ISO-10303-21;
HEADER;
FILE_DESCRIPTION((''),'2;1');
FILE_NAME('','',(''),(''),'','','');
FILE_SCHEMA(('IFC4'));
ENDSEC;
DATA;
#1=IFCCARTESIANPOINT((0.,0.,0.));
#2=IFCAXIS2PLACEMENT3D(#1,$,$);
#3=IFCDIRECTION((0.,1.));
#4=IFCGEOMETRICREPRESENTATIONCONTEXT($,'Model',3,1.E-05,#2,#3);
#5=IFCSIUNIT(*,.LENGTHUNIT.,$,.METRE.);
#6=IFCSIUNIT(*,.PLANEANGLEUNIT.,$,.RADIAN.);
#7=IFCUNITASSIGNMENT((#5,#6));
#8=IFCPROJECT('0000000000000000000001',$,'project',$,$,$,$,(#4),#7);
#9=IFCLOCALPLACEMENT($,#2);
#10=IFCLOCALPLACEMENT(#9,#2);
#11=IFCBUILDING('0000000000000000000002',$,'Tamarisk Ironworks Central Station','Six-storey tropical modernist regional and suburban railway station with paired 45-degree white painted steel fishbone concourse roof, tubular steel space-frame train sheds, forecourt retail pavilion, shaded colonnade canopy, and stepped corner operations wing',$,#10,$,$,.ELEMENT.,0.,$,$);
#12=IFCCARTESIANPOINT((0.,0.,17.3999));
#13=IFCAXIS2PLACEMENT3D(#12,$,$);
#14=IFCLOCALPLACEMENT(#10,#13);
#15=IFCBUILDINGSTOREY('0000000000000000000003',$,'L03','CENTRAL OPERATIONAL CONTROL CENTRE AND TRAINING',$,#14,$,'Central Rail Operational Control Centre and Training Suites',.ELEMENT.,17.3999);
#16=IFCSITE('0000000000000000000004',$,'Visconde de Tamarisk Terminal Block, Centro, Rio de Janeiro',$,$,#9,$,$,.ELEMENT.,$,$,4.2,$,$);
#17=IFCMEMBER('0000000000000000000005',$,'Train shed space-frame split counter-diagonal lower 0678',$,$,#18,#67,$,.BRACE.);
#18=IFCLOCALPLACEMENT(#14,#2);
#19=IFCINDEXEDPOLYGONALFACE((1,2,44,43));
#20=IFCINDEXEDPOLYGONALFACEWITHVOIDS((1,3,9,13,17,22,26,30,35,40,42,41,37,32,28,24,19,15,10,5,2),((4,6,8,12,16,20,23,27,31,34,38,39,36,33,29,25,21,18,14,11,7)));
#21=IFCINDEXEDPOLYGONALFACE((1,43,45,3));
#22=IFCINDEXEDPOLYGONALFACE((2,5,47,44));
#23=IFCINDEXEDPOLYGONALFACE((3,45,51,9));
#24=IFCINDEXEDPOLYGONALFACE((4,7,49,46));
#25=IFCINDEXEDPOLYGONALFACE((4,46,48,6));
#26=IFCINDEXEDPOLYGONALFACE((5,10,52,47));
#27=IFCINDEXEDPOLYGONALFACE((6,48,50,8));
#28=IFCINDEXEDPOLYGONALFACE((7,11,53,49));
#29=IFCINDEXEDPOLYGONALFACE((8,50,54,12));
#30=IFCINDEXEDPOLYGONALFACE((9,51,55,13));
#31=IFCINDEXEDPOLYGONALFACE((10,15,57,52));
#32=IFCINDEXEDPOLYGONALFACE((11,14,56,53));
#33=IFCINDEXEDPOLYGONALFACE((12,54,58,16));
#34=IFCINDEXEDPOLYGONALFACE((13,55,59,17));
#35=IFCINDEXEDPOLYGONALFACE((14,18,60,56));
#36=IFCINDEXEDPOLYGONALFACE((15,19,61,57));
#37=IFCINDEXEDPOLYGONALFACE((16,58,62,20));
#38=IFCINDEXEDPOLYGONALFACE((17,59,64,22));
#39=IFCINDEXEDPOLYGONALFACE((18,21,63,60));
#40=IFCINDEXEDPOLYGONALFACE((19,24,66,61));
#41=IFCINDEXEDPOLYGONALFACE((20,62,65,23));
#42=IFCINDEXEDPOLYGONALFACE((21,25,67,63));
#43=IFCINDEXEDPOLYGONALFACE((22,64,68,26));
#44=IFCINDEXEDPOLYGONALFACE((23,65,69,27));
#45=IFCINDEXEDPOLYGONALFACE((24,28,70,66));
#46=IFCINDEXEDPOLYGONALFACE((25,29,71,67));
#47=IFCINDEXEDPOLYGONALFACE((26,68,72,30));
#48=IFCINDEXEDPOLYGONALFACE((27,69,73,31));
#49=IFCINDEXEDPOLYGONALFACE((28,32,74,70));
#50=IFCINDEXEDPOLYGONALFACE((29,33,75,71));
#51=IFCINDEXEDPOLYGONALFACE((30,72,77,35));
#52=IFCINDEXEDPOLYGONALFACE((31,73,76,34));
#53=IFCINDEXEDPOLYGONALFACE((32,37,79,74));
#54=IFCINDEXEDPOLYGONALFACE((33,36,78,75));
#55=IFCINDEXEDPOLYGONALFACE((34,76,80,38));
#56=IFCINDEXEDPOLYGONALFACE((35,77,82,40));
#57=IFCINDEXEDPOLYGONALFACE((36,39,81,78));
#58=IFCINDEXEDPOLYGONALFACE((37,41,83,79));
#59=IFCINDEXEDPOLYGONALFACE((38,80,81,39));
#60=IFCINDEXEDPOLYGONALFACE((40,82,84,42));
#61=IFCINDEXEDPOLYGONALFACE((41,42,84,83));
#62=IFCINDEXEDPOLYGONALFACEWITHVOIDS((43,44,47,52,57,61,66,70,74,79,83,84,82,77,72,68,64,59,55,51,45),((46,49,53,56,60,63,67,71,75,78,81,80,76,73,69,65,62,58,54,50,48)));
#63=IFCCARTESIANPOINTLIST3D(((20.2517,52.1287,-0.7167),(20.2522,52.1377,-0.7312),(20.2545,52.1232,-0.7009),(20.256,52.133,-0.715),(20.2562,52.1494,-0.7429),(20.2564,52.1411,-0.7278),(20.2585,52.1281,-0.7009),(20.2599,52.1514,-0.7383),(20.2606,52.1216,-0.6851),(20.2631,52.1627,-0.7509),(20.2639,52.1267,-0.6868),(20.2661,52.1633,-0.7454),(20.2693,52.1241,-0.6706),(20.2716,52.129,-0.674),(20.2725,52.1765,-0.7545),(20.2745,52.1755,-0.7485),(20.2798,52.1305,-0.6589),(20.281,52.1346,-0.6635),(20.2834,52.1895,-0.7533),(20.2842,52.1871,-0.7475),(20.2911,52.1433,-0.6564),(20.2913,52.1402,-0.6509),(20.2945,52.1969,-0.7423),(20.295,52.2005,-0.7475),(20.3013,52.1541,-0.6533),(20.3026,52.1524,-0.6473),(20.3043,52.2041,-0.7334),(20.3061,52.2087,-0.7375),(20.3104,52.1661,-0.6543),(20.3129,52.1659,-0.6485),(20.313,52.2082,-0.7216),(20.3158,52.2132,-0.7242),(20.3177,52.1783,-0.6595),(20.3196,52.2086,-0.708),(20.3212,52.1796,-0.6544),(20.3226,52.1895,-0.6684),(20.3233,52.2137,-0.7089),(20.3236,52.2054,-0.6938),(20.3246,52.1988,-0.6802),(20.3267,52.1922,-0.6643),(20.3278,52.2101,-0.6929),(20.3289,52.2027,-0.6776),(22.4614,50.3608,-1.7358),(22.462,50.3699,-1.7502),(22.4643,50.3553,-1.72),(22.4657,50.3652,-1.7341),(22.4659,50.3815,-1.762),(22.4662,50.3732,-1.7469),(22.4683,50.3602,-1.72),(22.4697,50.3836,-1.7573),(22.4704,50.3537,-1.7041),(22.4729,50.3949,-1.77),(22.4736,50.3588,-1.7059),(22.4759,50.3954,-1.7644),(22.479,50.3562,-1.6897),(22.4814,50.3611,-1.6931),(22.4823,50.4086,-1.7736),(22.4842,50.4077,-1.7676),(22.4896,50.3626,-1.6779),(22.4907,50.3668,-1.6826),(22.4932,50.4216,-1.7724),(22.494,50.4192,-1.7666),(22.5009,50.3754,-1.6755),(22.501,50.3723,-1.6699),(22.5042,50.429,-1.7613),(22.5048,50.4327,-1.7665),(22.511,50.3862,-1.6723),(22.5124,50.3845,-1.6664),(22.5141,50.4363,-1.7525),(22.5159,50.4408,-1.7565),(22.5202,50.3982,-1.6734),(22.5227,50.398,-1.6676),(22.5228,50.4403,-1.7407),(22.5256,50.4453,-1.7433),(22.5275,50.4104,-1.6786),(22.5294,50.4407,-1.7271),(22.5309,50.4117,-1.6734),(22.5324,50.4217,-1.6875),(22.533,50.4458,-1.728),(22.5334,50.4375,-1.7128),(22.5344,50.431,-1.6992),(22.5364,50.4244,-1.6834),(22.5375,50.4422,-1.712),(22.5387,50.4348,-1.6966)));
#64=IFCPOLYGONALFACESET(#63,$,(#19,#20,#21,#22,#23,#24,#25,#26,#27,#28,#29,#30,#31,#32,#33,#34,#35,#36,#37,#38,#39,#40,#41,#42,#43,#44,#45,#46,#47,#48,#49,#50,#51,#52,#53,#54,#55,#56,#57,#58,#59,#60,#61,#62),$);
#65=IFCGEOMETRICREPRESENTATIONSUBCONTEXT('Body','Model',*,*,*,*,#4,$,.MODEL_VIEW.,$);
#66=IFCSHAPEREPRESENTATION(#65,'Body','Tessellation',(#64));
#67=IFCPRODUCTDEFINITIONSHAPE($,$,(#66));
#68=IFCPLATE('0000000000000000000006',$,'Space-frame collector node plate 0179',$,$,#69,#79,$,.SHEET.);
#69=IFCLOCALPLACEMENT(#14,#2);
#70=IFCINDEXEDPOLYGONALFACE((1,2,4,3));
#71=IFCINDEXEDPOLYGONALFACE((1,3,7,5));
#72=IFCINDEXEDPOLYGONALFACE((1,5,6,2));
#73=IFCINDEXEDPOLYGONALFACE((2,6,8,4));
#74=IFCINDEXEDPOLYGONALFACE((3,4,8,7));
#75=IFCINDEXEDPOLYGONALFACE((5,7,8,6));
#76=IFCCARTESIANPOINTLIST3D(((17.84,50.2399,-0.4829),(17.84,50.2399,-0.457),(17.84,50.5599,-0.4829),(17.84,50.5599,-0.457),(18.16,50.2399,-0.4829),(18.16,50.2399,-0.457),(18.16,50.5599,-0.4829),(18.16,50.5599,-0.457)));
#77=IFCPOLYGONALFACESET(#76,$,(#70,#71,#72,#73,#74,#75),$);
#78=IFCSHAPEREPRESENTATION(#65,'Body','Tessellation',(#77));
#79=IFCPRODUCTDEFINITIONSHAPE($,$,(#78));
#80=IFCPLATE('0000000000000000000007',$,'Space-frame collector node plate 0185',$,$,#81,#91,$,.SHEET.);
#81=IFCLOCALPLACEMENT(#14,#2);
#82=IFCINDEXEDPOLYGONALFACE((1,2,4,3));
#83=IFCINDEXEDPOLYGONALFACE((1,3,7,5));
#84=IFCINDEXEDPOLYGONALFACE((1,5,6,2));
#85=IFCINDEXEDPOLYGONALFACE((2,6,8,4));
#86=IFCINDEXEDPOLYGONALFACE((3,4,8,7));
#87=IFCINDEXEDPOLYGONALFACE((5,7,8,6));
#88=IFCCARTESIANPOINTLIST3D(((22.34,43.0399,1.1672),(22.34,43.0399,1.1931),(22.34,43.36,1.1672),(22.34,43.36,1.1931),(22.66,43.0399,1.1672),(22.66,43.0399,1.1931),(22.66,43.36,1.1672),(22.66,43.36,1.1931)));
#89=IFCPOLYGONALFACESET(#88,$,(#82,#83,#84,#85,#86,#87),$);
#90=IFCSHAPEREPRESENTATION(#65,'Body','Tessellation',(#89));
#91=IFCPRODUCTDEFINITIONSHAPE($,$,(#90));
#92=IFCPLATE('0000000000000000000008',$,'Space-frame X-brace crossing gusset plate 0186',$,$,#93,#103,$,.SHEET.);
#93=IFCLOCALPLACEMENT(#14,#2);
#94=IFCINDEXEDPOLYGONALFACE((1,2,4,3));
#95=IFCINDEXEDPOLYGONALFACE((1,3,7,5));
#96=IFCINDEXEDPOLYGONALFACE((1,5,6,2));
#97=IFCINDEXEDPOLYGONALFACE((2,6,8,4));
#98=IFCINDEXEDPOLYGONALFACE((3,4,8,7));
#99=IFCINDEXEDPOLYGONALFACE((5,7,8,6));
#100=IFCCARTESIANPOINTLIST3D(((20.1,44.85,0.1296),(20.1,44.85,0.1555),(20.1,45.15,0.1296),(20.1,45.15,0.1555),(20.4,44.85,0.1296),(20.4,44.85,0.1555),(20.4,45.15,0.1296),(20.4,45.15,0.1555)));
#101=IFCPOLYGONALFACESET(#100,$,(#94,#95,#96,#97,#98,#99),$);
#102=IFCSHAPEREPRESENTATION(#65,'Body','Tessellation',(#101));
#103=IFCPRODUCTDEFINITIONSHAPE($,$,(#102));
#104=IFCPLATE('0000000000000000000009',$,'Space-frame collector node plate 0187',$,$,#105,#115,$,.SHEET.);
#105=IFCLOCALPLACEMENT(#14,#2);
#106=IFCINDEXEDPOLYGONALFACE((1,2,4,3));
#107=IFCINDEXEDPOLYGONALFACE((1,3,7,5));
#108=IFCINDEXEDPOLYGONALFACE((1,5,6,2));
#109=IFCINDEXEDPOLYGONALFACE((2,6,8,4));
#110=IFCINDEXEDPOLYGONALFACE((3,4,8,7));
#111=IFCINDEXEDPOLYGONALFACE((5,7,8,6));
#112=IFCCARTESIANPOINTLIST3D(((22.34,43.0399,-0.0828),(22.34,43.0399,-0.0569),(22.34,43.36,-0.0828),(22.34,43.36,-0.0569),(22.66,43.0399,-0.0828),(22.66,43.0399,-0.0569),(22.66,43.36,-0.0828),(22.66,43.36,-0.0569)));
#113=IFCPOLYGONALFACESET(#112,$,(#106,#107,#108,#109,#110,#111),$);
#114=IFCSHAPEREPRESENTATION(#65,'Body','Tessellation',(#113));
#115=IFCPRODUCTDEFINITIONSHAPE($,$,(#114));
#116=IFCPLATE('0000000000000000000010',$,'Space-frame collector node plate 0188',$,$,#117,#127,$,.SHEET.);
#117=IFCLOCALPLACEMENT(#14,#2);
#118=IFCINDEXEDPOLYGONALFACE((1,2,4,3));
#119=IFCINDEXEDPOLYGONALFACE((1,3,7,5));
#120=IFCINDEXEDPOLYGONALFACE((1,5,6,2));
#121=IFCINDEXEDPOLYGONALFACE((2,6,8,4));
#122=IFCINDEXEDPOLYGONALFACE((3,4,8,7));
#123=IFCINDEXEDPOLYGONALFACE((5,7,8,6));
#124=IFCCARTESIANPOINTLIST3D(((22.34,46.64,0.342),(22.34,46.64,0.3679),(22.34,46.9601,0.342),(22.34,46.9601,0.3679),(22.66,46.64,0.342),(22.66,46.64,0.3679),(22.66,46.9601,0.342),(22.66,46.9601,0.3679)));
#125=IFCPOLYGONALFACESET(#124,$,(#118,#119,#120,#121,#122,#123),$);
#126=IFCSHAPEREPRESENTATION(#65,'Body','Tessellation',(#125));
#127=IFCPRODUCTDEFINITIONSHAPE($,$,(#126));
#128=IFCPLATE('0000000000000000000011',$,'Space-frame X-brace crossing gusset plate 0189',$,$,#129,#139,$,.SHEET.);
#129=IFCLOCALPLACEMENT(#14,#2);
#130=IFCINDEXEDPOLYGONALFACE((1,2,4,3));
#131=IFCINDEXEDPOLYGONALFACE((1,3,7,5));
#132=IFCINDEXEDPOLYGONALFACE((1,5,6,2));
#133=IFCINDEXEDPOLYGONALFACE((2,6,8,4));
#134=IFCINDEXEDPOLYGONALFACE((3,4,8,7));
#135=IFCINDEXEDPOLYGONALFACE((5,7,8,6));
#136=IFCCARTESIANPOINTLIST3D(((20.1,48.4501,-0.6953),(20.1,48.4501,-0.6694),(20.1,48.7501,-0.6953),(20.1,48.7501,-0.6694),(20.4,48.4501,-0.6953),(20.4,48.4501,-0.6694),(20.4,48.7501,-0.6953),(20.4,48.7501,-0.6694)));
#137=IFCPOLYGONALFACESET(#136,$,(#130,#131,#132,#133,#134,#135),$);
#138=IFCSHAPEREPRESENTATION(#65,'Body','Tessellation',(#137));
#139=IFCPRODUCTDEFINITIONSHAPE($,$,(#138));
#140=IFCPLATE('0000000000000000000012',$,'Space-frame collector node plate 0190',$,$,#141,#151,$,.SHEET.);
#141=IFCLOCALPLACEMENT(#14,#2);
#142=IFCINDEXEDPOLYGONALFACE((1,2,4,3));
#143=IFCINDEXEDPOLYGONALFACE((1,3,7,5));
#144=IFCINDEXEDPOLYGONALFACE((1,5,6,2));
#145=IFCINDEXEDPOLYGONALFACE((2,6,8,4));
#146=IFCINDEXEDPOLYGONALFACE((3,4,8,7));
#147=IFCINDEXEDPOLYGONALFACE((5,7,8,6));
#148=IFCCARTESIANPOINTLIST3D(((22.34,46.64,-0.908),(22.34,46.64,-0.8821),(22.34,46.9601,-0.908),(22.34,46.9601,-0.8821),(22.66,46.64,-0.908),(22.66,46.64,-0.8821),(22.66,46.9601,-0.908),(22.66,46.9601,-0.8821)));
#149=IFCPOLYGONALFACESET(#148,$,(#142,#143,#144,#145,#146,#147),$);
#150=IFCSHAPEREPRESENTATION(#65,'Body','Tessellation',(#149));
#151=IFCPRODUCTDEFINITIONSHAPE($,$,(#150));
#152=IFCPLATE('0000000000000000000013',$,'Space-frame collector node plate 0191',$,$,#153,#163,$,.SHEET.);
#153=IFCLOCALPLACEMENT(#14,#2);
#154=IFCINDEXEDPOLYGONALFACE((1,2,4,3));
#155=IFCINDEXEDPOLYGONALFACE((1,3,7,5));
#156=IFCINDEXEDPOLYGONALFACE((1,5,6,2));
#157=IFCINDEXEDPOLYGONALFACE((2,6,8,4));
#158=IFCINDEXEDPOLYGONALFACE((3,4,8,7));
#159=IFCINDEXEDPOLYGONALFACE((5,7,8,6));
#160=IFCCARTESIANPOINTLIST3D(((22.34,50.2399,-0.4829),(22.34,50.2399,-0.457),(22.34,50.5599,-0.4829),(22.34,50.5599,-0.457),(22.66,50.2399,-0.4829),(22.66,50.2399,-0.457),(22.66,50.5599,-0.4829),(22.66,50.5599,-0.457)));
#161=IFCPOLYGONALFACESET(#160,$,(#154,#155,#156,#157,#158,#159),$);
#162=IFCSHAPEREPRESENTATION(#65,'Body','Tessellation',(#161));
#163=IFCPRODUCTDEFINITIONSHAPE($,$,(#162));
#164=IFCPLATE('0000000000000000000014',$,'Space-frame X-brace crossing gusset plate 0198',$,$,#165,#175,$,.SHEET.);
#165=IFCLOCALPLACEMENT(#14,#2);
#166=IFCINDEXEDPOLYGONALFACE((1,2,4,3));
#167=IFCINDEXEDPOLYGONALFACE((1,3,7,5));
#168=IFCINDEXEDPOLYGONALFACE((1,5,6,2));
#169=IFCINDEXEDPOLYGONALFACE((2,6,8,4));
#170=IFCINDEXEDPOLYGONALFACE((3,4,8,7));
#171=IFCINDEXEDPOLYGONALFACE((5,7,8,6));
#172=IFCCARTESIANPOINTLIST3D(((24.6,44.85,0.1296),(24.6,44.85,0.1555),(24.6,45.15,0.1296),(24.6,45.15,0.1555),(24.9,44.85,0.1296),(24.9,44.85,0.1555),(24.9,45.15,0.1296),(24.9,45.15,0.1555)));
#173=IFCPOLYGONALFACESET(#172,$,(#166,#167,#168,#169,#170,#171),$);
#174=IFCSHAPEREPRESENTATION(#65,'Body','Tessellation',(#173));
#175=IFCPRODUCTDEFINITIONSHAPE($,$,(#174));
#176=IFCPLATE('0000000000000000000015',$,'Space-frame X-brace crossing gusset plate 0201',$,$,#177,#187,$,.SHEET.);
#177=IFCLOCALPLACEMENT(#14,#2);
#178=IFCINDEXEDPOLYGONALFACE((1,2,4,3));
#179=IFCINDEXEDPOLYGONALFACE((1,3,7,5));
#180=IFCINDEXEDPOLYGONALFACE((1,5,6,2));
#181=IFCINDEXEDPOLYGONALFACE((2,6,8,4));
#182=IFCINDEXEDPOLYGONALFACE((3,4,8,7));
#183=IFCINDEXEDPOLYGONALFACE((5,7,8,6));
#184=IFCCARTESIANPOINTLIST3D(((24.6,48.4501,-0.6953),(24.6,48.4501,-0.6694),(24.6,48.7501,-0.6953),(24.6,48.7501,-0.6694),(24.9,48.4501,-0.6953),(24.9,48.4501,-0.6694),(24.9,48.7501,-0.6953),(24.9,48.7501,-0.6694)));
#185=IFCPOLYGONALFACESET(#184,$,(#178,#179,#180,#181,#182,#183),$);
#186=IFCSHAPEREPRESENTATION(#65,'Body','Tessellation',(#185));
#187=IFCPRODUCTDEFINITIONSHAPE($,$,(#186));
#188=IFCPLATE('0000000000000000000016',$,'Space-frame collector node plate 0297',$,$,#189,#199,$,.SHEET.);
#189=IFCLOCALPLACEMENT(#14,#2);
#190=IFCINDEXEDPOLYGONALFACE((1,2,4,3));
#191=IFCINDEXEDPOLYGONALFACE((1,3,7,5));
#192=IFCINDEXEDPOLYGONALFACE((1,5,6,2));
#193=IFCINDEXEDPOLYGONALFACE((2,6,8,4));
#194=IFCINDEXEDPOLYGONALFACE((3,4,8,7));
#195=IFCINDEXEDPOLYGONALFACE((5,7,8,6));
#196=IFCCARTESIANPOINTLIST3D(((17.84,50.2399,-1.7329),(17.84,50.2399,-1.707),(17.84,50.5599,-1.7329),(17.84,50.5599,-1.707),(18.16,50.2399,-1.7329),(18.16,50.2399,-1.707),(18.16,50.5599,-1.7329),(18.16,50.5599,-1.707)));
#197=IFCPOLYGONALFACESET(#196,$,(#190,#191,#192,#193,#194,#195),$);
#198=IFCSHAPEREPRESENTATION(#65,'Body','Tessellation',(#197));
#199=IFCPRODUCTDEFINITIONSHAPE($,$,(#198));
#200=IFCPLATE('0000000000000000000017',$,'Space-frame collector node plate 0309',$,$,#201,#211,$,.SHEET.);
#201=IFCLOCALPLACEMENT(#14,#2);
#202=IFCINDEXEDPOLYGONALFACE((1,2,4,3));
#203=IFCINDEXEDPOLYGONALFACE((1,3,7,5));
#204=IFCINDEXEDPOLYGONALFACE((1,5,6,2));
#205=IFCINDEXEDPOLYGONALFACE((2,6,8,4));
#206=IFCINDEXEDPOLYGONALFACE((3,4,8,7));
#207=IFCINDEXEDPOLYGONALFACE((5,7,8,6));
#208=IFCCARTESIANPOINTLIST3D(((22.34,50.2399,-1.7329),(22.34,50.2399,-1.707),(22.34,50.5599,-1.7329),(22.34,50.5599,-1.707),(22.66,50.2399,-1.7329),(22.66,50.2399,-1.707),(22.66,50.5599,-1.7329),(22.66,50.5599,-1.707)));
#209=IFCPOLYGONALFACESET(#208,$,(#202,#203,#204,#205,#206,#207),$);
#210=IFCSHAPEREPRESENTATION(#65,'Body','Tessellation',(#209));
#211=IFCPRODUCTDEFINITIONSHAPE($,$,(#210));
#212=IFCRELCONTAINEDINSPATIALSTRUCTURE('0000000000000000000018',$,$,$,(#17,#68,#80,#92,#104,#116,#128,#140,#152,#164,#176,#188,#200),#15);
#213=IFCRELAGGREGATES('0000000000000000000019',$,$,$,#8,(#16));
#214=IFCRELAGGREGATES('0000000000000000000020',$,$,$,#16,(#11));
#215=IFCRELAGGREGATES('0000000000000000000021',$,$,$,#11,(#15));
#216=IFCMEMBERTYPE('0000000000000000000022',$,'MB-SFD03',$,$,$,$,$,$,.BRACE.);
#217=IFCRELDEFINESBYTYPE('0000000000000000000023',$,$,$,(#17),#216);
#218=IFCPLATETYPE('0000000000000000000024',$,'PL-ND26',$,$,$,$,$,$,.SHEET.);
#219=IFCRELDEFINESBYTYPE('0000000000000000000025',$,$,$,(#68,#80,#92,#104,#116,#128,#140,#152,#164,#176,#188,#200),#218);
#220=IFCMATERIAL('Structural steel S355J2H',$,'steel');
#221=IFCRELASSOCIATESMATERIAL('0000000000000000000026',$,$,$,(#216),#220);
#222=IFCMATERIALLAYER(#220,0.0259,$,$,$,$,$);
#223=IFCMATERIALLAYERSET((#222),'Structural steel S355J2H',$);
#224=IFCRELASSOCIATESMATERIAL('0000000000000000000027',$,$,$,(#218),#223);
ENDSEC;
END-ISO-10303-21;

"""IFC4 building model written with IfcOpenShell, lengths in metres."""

from ifc_helpers import new_model, si_unit, direction, frame, origin, origin_2d, place, context, subcontext, project, spatial, rectangle, hollow_circle, extrude, material, layer, layer_set, material_profile, profile_set, type_object, element, save


model = new_model("IFC4")

# Units and contexts
model_context = context("Model", 3, precision=1e-05, world=origin(), true_north=direction((0.0, 1.0)))
body_context = subcontext(model_context, "Body", "Model", "MODEL_VIEW")
ifc_project = project(units=[si_unit("LENGTHUNIT", "METRE"), si_unit("PLANEANGLEUNIT", "RADIAN")], contexts=[model_context])

# Site, building, storey
site_placement = place(None, origin())
site = spatial("IfcSite", under=ifc_project, at=site_placement, Name="Visconde de Tamarisk Terminal Block, Centro, Rio de Janeiro", CompositionType="ELEMENT", RefElevation=4.2)
building_placement = place(site_placement, origin())
building = spatial("IfcBuilding", under=site, at=building_placement, Name="Tamarisk Ironworks Central Station", Description="Six-storey tropical modernist regional and suburban railway station with paired 45-degree white painted steel fishbone concourse roof, tubular steel space-frame train sheds, forecourt retail pavilion, shaded colonnade canopy, and stepped corner operations wing", CompositionType="ELEMENT", ElevationOfRefHeight=0.0)
storey_placement = place(building_placement, frame((0.0, 0.0, 17.3999)))
storey = spatial("IfcBuildingStorey", under=building, at=storey_placement, Name="L03", Description="CENTRAL OPERATIONAL CONTROL CENTRE AND TRAINING", LongName="Central Rail Operational Control Centre and Training Suites", CompositionType="ELEMENT", Elevation=17.3999)

# Member
ifc_material_1 = material(Name="Structural steel S355J2H", Category="steel")
ifc_material_profile_1 = material_profile(ifc_material_1, hollow_circle(Radius=0.0571, WallThickness=0.0063, at=origin_2d()), Name="CHS 114.3x6.3")
ifc_profile_set_1 = profile_set([ifc_material_profile_1], Name="Structural steel S355J2H")
member_type_1 = type_object("IfcMemberType", Name="MB-SFD03", PredefinedType="BRACE", material=ifc_profile_set_1)
for number, where, z_axis, x_axis, name in (
    (1, (22.5, 50.3999, -1.72), (-0.734677, 0.587758, 0.338807), (-0.624706, -0.78086, 0.0), "Train shed space-frame split counter-diagonal lower 0678"),
):
    element("IfcMember", number, at=place(storey_placement, frame(where, z_axis=z_axis, x_axis=x_axis)), inside=storey, type_object=member_type_1, Name=name, PredefinedType="BRACE", context=body_context, shape_type="SweptSolid", body=[
        extrude(hollow_circle(Radius=0.0571, WallThickness=0.0063, at=origin_2d()), origin(), (0.0, 0.0, 1.0), 3.0078),
    ])

# Plates
ifc_layer = layer(ifc_material_1, 0.0259)
ifc_layer_set = layer_set([ifc_layer], Name="Structural steel S355J2H")
plate_type = type_object("IfcPlateType", Name="PL-ND26", PredefinedType="SHEET", material=ifc_layer_set)
for number, where, z_axis, x_axis, name in (
    (2, (18.0, 50.3999, -0.4829), (0.0, 0.0, 1.0), (1.0, 0.0, 0.0), "Space-frame collector node plate 0179"),
    (3, (22.5, 43.2, 1.1672), (0.0, 0.0, 1.0), (1.0, 0.0, 0.0), "Space-frame collector node plate 0185"),
):
    element("IfcPlate", number, at=place(storey_placement, frame(where, z_axis=z_axis, x_axis=x_axis)), inside=storey, type_object=plate_type, Name=name, PredefinedType="SHEET", context=body_context, shape_type="SweptSolid", body=[
        extrude(rectangle(XDim=0.3201, YDim=0.3201, at=origin_2d()), origin(), (0.0, 0.0, 1.0), 0.0259),
    ])
plate_1_placement = place(storey_placement, frame((20.25, 45.0, 0.1296), z_axis=(0.0, 0.0, 1.0), x_axis=(1.0, 0.0, 0.0)))
element("IfcPlate", 4, at=plate_1_placement, inside=storey, type_object=plate_type, Name="Space-frame X-brace crossing gusset plate 0186", PredefinedType="SHEET", context=body_context, shape_type="SweptSolid", body=[
    extrude(rectangle(XDim=0.3, YDim=0.3, at=origin_2d()), origin(), (0.0, 0.0, 1.0), 0.0259),
])
for number, where, z_axis, x_axis, name in (
    (5, (22.5, 43.2, -0.0828), (0.0, 0.0, 1.0), (1.0, 0.0, 0.0), "Space-frame collector node plate 0187"),
    (6, (22.5, 46.8, 0.342), (0.0, 0.0, 1.0), (1.0, 0.0, 0.0), "Space-frame collector node plate 0188"),
):
    element("IfcPlate", number, at=place(storey_placement, frame(where, z_axis=z_axis, x_axis=x_axis)), inside=storey, type_object=plate_type, Name=name, PredefinedType="SHEET", context=body_context, shape_type="SweptSolid", body=[
        extrude(rectangle(XDim=0.3201, YDim=0.3201, at=origin_2d()), origin(), (0.0, 0.0, 1.0), 0.0259),
    ])
plate_2_placement = place(storey_placement, frame((20.25, 48.6001, -0.6953), z_axis=(0.0, 0.0, 1.0), x_axis=(1.0, 0.0, 0.0)))
element("IfcPlate", 7, at=plate_2_placement, inside=storey, type_object=plate_type, Name="Space-frame X-brace crossing gusset plate 0189", PredefinedType="SHEET", context=body_context, shape_type="SweptSolid", body=[
    extrude(rectangle(XDim=0.3, YDim=0.3, at=origin_2d()), origin(), (0.0, 0.0, 1.0), 0.0259),
])
for number, where, z_axis, x_axis, name in (
    (8, (22.5, 46.8, -0.908), (0.0, 0.0, 1.0), (1.0, 0.0, 0.0), "Space-frame collector node plate 0190"),
    (9, (22.5, 50.3999, -0.4829), (0.0, 0.0, 1.0), (1.0, 0.0, 0.0), "Space-frame collector node plate 0191"),
):
    element("IfcPlate", number, at=place(storey_placement, frame(where, z_axis=z_axis, x_axis=x_axis)), inside=storey, type_object=plate_type, Name=name, PredefinedType="SHEET", context=body_context, shape_type="SweptSolid", body=[
        extrude(rectangle(XDim=0.3201, YDim=0.3201, at=origin_2d()), origin(), (0.0, 0.0, 1.0), 0.0259),
    ])
for number, where, z_axis, x_axis, name in (
    (10, (24.75, 45.0, 0.1296), (0.0, 0.0, 1.0), (1.0, 0.0, 0.0), "Space-frame X-brace crossing gusset plate 0198"),
    (11, (24.75, 48.6001, -0.6953), (0.0, 0.0, 1.0), (1.0, 0.0, 0.0), "Space-frame X-brace crossing gusset plate 0201"),
):
    element("IfcPlate", number, at=place(storey_placement, frame(where, z_axis=z_axis, x_axis=x_axis)), inside=storey, type_object=plate_type, Name=name, PredefinedType="SHEET", context=body_context, shape_type="SweptSolid", body=[
        extrude(rectangle(XDim=0.3, YDim=0.3, at=origin_2d()), origin(), (0.0, 0.0, 1.0), 0.0259),
    ])
for number, where, z_axis, x_axis, name in (
    (12, (18.0, 50.3999, -1.7329), (0.0, 0.0, 1.0), (1.0, 0.0, 0.0), "Space-frame collector node plate 0297"),
    (13, (22.5, 50.3999, -1.7329), (0.0, 0.0, 1.0), (1.0, 0.0, 0.0), "Space-frame collector node plate 0309"),
):
    element("IfcPlate", number, at=place(storey_placement, frame(where, z_axis=z_axis, x_axis=x_axis)), inside=storey, type_object=plate_type, Name=name, PredefinedType="SHEET", context=body_context, shape_type="SweptSolid", body=[
        extrude(rectangle(XDim=0.3201, YDim=0.3201, at=origin_2d()), origin(), (0.0, 0.0, 1.0), 0.0259),
    ])

save(model, "model.ifc")
